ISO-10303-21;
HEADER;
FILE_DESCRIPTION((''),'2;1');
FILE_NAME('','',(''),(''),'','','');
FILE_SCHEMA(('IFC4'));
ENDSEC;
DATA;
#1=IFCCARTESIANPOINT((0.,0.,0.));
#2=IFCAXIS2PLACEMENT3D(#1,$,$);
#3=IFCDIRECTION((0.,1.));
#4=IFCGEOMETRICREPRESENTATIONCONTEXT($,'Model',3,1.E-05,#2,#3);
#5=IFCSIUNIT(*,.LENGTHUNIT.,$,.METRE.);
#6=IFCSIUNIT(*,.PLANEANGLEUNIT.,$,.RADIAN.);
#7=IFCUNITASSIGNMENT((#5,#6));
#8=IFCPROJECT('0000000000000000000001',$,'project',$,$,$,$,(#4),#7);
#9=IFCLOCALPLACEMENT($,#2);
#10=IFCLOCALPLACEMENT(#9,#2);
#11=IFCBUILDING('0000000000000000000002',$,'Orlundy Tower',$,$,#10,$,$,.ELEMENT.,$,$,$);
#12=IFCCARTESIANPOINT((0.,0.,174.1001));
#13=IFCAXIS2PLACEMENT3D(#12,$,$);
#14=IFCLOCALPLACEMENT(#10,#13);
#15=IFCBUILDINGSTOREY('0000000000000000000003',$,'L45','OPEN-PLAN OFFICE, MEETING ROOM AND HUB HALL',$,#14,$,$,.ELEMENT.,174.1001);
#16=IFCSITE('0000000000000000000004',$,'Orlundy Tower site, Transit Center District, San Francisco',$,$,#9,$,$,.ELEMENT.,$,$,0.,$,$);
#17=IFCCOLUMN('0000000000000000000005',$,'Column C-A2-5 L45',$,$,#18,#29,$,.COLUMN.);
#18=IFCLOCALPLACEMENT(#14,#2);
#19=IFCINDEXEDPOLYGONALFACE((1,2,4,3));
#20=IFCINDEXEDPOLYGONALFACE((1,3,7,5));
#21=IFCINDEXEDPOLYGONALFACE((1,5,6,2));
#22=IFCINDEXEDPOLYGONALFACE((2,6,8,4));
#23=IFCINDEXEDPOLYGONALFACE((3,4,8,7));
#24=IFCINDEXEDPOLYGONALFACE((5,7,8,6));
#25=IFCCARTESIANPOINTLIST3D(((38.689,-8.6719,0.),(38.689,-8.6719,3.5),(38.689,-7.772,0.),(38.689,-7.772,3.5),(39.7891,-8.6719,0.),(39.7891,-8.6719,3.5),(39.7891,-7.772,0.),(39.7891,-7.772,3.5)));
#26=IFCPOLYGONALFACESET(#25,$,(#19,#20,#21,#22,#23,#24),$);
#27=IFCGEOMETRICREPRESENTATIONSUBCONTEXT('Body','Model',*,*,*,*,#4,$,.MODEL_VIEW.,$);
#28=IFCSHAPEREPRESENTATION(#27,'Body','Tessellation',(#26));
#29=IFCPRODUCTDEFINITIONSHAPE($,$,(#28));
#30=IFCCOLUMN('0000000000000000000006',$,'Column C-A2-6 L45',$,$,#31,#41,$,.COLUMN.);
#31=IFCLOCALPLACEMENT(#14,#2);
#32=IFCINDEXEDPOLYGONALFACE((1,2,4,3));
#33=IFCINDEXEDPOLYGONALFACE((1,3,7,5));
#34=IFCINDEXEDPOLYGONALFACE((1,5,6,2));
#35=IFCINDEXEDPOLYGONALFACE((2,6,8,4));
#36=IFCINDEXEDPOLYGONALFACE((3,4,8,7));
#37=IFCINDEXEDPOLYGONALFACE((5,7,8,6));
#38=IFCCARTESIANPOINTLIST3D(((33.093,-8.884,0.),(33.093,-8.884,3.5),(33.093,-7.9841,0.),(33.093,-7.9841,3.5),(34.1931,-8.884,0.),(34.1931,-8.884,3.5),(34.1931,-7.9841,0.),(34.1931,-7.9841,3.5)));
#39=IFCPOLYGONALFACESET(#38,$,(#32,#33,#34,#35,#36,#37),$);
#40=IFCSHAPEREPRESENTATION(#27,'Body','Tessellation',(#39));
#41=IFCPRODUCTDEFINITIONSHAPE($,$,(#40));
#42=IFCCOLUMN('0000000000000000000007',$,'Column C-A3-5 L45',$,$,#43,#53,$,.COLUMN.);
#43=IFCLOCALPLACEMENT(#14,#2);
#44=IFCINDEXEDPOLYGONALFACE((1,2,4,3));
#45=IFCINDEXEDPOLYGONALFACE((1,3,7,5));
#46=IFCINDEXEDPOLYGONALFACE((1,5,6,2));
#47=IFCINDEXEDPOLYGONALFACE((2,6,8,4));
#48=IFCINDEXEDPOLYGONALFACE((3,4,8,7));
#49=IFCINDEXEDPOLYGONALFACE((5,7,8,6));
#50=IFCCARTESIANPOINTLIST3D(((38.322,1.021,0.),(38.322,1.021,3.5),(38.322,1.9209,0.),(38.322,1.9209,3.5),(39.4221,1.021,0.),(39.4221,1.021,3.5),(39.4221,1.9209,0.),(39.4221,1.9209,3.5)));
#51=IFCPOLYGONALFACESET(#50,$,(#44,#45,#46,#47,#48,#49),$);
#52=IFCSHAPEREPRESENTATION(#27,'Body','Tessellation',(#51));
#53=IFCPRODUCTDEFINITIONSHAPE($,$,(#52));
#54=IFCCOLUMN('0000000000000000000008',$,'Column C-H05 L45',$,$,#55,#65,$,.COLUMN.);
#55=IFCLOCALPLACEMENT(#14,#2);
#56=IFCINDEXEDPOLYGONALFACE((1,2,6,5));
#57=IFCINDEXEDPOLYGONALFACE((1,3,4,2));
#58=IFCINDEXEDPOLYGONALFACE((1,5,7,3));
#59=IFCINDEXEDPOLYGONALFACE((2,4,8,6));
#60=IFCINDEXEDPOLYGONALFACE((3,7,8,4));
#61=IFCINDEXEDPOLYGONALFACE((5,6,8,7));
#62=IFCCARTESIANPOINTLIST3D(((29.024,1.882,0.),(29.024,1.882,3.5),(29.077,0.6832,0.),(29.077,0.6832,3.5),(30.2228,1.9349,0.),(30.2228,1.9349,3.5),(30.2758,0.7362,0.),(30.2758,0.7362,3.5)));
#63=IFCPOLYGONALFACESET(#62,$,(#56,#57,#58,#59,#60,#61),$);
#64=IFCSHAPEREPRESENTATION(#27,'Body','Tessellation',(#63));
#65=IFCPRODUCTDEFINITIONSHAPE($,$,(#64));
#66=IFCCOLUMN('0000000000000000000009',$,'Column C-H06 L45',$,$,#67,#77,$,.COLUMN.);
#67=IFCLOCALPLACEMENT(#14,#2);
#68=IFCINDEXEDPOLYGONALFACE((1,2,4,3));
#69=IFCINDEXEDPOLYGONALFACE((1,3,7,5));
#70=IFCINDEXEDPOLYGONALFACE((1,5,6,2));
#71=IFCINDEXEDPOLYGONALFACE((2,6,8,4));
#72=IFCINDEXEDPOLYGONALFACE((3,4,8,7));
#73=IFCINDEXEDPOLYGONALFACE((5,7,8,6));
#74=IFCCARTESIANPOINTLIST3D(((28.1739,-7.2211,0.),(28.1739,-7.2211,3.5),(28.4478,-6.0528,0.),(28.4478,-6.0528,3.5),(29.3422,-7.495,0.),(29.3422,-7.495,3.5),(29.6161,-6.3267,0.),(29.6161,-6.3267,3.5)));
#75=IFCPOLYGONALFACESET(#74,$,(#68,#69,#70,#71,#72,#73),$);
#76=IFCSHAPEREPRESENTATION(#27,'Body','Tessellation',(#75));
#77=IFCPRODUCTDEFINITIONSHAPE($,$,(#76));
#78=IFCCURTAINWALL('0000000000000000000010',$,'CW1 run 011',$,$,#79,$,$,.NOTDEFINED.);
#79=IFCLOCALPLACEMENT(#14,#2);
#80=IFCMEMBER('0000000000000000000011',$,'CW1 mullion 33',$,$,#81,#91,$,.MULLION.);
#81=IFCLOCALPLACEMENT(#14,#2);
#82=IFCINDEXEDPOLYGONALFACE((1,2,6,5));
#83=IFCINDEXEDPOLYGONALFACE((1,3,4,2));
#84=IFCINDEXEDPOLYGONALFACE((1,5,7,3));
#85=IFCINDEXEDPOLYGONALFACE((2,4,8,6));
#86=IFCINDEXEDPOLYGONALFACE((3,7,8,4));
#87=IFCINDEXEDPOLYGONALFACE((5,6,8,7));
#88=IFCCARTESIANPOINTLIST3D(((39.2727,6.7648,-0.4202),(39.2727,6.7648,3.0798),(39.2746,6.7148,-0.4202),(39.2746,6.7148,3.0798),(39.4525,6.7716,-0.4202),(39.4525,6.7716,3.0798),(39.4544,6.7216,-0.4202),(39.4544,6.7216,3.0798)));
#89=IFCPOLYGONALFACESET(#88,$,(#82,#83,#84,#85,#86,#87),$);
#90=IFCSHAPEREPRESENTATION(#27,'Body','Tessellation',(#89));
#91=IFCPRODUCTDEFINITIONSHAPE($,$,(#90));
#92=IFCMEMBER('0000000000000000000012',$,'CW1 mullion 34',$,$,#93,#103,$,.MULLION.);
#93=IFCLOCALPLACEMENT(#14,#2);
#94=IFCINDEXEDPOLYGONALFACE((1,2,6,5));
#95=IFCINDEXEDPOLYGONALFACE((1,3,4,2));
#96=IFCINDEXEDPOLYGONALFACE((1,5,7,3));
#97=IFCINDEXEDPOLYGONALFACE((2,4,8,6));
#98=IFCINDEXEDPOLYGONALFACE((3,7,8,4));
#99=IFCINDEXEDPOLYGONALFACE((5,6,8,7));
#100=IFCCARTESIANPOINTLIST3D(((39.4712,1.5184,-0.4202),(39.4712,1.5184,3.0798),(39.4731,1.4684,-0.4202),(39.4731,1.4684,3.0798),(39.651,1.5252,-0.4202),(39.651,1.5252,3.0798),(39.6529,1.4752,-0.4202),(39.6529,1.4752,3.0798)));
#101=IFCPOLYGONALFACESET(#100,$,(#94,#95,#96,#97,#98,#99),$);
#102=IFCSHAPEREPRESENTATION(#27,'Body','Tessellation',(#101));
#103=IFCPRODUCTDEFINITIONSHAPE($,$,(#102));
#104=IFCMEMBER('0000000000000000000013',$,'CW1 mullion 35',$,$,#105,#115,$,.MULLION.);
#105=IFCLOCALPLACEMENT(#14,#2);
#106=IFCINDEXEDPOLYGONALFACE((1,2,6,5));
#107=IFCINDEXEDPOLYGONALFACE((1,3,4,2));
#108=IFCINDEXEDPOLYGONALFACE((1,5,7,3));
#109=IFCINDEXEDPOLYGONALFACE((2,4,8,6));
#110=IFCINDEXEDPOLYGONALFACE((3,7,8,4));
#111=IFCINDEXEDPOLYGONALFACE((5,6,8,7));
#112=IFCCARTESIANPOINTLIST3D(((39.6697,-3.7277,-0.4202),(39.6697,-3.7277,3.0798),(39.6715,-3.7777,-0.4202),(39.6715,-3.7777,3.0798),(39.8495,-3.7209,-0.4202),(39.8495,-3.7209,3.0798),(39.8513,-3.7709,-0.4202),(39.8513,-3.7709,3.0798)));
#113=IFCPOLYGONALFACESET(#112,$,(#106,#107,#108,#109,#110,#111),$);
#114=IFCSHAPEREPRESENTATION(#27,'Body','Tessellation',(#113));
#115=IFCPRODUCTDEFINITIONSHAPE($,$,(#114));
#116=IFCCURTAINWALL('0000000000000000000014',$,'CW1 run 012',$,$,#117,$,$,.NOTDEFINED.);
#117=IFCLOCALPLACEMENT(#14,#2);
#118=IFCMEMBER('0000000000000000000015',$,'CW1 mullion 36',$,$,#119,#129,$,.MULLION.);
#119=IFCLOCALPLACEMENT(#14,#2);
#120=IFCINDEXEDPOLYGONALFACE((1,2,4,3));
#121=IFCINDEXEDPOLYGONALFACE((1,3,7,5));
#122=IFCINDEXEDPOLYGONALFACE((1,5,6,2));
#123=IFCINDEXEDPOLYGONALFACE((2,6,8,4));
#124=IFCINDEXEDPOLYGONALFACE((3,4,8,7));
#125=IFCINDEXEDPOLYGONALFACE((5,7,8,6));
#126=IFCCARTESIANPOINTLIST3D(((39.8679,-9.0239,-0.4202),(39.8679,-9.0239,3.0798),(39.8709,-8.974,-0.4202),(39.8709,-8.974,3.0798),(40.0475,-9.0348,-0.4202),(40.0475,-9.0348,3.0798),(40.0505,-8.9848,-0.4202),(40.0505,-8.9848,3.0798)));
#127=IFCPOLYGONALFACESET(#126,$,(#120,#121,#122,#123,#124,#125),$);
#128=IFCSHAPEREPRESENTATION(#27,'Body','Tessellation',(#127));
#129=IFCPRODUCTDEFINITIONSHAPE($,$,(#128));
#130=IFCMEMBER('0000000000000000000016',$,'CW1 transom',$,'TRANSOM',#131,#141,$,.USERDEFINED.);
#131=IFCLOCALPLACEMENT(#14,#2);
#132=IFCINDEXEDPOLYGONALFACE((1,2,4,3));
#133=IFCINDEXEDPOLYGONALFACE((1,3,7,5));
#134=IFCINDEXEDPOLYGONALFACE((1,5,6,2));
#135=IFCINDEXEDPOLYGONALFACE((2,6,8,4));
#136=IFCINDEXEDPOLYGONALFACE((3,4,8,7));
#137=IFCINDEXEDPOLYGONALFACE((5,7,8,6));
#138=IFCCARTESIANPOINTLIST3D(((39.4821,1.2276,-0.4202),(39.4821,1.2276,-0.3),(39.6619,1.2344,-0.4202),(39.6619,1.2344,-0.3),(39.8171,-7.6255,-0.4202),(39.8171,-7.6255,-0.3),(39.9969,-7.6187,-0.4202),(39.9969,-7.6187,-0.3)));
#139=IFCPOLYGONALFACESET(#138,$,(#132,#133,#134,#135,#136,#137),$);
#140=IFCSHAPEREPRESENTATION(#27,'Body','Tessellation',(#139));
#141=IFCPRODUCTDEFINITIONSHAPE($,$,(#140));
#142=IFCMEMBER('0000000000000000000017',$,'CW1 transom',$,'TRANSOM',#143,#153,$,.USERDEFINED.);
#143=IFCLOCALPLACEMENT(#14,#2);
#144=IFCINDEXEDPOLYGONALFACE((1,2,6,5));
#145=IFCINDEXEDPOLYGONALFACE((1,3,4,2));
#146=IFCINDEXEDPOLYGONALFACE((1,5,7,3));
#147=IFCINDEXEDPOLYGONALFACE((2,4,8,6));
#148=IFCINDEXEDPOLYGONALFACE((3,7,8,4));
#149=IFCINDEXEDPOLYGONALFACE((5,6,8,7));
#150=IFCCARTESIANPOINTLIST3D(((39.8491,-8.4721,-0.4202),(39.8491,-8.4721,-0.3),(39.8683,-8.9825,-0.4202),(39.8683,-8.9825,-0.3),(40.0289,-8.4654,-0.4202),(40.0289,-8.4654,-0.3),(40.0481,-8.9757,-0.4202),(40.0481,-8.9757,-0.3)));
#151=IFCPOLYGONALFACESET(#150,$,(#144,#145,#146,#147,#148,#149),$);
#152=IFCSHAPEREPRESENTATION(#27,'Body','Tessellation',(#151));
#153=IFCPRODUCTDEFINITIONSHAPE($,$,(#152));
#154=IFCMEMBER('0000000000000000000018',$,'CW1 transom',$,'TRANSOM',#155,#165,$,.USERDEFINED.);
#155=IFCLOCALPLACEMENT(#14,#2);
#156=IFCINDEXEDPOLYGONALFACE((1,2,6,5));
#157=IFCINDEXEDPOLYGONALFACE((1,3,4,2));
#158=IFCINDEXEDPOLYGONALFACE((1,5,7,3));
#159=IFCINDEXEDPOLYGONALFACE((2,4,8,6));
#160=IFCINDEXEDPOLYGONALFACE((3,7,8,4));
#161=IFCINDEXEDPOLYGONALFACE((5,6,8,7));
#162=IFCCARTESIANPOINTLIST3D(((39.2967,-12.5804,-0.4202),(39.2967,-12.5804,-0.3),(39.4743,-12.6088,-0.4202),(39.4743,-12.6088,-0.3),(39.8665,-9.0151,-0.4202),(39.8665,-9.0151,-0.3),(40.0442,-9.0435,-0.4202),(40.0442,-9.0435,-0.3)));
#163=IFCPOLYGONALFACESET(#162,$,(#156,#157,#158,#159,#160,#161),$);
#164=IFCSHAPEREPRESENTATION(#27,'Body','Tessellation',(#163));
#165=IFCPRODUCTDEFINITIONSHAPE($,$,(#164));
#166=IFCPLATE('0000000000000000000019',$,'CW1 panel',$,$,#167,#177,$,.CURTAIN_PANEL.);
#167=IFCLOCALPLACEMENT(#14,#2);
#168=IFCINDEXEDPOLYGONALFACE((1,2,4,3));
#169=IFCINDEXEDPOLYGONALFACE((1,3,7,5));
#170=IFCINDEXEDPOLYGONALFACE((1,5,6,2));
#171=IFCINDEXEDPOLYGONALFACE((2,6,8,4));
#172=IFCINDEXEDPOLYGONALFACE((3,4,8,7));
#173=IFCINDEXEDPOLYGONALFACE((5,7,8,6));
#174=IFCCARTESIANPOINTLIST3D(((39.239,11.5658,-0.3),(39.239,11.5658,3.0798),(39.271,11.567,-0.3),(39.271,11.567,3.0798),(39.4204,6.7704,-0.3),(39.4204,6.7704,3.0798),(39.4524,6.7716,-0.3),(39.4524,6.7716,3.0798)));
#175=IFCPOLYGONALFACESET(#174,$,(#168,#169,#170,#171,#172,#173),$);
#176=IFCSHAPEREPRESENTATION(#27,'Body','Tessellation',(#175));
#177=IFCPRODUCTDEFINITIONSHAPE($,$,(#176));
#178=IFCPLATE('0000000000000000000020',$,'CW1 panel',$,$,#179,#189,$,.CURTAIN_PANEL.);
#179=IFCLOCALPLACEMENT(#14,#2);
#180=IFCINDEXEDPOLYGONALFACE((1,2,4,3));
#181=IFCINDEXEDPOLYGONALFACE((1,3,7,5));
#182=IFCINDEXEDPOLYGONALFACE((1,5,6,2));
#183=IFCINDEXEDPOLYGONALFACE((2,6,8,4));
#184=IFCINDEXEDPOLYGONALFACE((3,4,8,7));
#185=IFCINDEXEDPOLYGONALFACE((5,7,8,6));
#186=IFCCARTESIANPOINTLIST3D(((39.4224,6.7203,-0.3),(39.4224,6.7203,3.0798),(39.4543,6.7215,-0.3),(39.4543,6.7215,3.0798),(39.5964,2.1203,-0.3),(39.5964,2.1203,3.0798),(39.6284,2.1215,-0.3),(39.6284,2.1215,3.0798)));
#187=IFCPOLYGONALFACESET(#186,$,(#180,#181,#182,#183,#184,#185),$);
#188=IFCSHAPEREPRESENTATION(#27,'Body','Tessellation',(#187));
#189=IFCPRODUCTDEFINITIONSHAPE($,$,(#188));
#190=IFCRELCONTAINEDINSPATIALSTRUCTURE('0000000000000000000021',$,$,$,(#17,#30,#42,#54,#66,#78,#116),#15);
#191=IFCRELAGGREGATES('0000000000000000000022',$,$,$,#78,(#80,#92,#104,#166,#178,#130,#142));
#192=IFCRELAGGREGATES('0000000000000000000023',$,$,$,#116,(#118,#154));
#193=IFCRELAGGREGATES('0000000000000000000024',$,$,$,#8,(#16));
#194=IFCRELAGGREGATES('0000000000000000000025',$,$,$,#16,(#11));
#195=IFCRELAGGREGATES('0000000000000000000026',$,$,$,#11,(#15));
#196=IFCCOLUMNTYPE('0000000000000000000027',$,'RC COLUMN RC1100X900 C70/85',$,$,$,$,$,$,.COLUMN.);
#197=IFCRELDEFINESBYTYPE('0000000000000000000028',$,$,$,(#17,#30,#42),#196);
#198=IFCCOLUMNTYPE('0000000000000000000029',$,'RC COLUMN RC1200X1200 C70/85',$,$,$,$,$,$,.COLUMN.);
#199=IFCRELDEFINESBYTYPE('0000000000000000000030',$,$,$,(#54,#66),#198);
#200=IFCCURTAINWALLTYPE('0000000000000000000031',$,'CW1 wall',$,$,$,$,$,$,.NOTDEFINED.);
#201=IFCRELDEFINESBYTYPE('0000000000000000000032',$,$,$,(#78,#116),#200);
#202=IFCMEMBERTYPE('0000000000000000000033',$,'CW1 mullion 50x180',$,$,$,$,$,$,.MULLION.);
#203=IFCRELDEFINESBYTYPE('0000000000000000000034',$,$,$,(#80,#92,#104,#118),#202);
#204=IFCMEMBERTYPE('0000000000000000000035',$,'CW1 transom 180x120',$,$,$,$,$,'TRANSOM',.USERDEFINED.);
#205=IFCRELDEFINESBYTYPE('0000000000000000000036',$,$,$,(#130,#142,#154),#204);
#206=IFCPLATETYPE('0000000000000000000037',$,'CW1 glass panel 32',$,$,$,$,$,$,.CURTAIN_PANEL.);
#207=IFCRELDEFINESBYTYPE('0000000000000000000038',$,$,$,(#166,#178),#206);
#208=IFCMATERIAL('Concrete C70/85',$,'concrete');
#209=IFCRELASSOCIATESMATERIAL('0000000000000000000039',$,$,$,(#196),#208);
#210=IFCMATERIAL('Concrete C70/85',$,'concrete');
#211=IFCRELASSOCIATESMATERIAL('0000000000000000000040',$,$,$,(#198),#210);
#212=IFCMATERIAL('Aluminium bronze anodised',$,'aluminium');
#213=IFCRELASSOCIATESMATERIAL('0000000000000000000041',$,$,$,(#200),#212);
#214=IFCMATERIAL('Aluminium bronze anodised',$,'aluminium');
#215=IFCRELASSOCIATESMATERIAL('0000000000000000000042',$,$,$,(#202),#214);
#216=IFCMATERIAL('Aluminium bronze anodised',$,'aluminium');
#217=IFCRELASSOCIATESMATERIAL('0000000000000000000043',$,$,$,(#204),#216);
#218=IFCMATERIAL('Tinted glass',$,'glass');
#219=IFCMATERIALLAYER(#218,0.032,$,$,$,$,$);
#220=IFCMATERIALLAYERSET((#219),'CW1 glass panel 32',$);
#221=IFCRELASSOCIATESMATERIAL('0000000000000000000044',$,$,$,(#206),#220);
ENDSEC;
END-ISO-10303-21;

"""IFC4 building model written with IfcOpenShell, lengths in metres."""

from ifc_helpers import new_model, si_unit, direction, frame, origin, origin_2d, place, context, subcontext, project, spatial, rectangle, extrude, material, layer, layer_set, material_profile, profile_set, type_object, element, aggregate, save


model = new_model("IFC4")

# Units and contexts
model_context = context("Model", 3, precision=1e-05, world=origin(), true_north=direction((0.0, 1.0)))
body_context = subcontext(model_context, "Body", "Model", "MODEL_VIEW")
ifc_project = project(units=[si_unit("LENGTHUNIT", "METRE"), si_unit("PLANEANGLEUNIT", "RADIAN")], contexts=[model_context])

# Site, building, storey
site_placement = place(None, origin())
site = spatial("IfcSite", under=ifc_project, at=site_placement, Name="Orlundy Tower site, Transit Center District, San Francisco", CompositionType="ELEMENT", RefElevation=0.0)
building_placement = place(site_placement, origin())
building = spatial("IfcBuilding", under=site, at=building_placement, Name="Orlundy Tower", CompositionType="ELEMENT")
storey_placement = place(building_placement, frame((0.0, 0.0, 174.1001)))
storey = spatial("IfcBuildingStorey", under=building, at=storey_placement, Name="L45", Description="OPEN-PLAN OFFICE, MEETING ROOM AND HUB HALL", CompositionType="ELEMENT", Elevation=174.1001)

# Columns
ifc_material_1 = material(Name="Concrete C70/85", Category="concrete")
ifc_material_profile_1 = material_profile(ifc_material_1, rectangle(XDim=1.1001, YDim=0.8999, at=origin_2d()), Name="RC1100X900")
ifc_profile_set_1 = profile_set([ifc_material_profile_1], Name="Concrete C70/85")
column_type_1 = type_object("IfcColumnType", Name="RC COLUMN RC1100X900 C70/85", PredefinedType="COLUMN", material=ifc_profile_set_1)
for number, where, z_axis, x_axis, name in (
    (1, (39.239, -8.2219, 0.0), (0.0, 0.0, 1.0), (1.0, 0.0, 0.0), "Column C-A2-5 L45"),
    (2, (33.6431, -8.4341, 0.0), (0.0, 0.0, 1.0), (1.0, 0.0, 0.0), "Column C-A2-6 L45"),
    (3, (38.8721, 1.4709, 0.0), (0.0, 0.0, 1.0), (1.0, 0.0, 0.0), "Column C-A3-5 L45"),
):
    element("IfcColumn", number, at=place(storey_placement, frame(where, z_axis=z_axis, x_axis=x_axis)), inside=storey, type_object=column_type_1, Name=name, PredefinedType="COLUMN", context=body_context, shape_type="SweptSolid", body=[
        extrude(rectangle(XDim=1.1001, YDim=0.8999, at=origin_2d()), origin(), (0.0, 0.0, 1.0), 3.5),
    ])
ifc_material_2 = material(Name="Concrete C70/85", Category="concrete")
ifc_material_profile_2 = material_profile(ifc_material_2, rectangle(XDim=1.2, YDim=1.2, at=origin_2d()), Name="RC1200X1200")
ifc_profile_set_2 = profile_set([ifc_material_profile_2], Name="Concrete C70/85")
column_type_2 = type_object("IfcColumnType", Name="RC COLUMN RC1200X1200 C70/85", PredefinedType="COLUMN", material=ifc_profile_set_2)
for number, where, z_axis, x_axis, name in (
    (4, (29.6499, 1.3091, 0.0), (0.0, 0.0, 1.0), (0.999027, 0.044108, 0.0), "Column C-H05 L45"),
    (5, (28.895, -6.7739, 0.0), (0.0, 0.0, 1.0), (0.973603, -0.228249, 0.0), "Column C-H06 L45"),
):
    element("IfcColumn", number, at=place(storey_placement, frame(where, z_axis=z_axis, x_axis=x_axis)), inside=storey, type_object=column_type_2, Name=name, PredefinedType="COLUMN", context=body_context, shape_type="SweptSolid", body=[
        extrude(rectangle(XDim=1.2, YDim=1.2, at=origin_2d()), origin(), (0.0, 0.0, 1.0), 3.5),
    ])

# Curtain wall, members
ifc_material_3 = material(Name="Aluminium bronze anodised", Category="aluminium")
curtain_wall_type = type_object("IfcCurtainWallType", Name="CW1 wall", PredefinedType="NOTDEFINED", material=ifc_material_3)
curtain_wall_1_placement = place(storey_placement, origin())
curtain_wall_1 = element("IfcCurtainWall", 6, at=curtain_wall_1_placement, inside=storey, type_object=curtain_wall_type, Name="CW1 run 011", PredefinedType="NOTDEFINED")
ifc_material_4 = material(Name="Aluminium bronze anodised", Category="aluminium")
ifc_material_profile_3 = material_profile(ifc_material_4, rectangle(XDim=0.1799, YDim=0.05, at=origin_2d()), Name="CW1 mullion 50x180")
ifc_profile_set_3 = profile_set([ifc_material_profile_3], Name="Aluminium bronze anodised")
member_type_1 = type_object("IfcMemberType", Name="CW1 mullion 50x180", PredefinedType="MULLION", material=ifc_profile_set_3)
member_1_placement = place(storey_placement, frame((39.3635, 6.7432, -0.4202), z_axis=(0.0, 0.0, 1.0), x_axis=(0.999285, 0.037809, 0.0)))
member_1 = element("IfcMember", 7, at=member_1_placement, type_object=member_type_1, Name="CW1 mullion 33", PredefinedType="MULLION", context=body_context, shape_type="SweptSolid", body=[
    extrude(rectangle(XDim=0.1799, YDim=0.05, at=origin_2d()), origin(), (0.0, 0.0, 1.0), 3.5),
])
member_2_placement = place(storey_placement, frame((39.562, 1.4968, -0.4202), z_axis=(0.0, 0.0, 1.0), x_axis=(0.999285, 0.037809, 0.0)))
member_2 = element("IfcMember", 8, at=member_2_placement, type_object=member_type_1, Name="CW1 mullion 34", PredefinedType="MULLION", context=body_context, shape_type="SweptSolid", body=[
    extrude(rectangle(XDim=0.1799, YDim=0.05, at=origin_2d()), origin(), (0.0, 0.0, 1.0), 3.5),
])
member_3_placement = place(storey_placement, frame((39.7605, -3.7493, -0.4202), z_axis=(0.0, 0.0, 1.0), x_axis=(0.999285, 0.037809, 0.0)))
member_3 = element("IfcMember", 9, at=member_3_placement, type_object=member_type_1, Name="CW1 mullion 35", PredefinedType="MULLION", context=body_context, shape_type="SweptSolid", body=[
    extrude(rectangle(XDim=0.1799, YDim=0.05, at=origin_2d()), origin(), (0.0, 0.0, 1.0), 3.5),
])

# Curtain wall, member
curtain_wall_2_placement = place(storey_placement, origin())
curtain_wall_2 = element("IfcCurtainWall", 10, at=curtain_wall_2_placement, inside=storey, type_object=curtain_wall_type, Name="CW1 run 012", PredefinedType="NOTDEFINED")
member_4_placement = place(storey_placement, frame((39.9592, -9.0044, -0.4202), z_axis=(0.0, 0.0, 1.0), x_axis=(0.99818, -0.060302, 0.0)))
member_4 = element("IfcMember", 11, at=member_4_placement, type_object=member_type_1, Name="CW1 mullion 36", PredefinedType="MULLION", context=body_context, shape_type="SweptSolid", body=[
    extrude(rectangle(XDim=0.1799, YDim=0.05, at=origin_2d()), origin(), (0.0, 0.0, 1.0), 3.5),
])

# Members
ifc_material_5 = material(Name="Aluminium bronze anodised", Category="aluminium")
ifc_material_profile_4 = material_profile(ifc_material_5, rectangle(XDim=0.1799, YDim=0.1201, at=origin_2d()), Name="CW1 transom 180x120")
ifc_profile_set_4 = profile_set([ifc_material_profile_4], Name="Aluminium bronze anodised")
member_type_2 = type_object("IfcMemberType", Name="CW1 transom 180x120", ElementType="TRANSOM", PredefinedType="USERDEFINED", material=ifc_profile_set_4)
member_5_placement = place(storey_placement, frame((39.572, 1.231, -0.3601), z_axis=(0.037809, -0.999285, 0.0), x_axis=(0.999285, 0.037809, 0.0)))
member_5 = element("IfcMember", 12, at=member_5_placement, type_object=member_type_2, Name="CW1 transom", ObjectType="TRANSOM", PredefinedType="USERDEFINED", context=body_context, shape_type="SweptSolid", body=[
    extrude(rectangle(XDim=0.1799, YDim=0.1201, at=origin_2d()), origin(), (0.0, 0.0, 1.0), 8.8594),
])
member_6_placement = place(storey_placement, frame((39.939, -8.4688, -0.3601), z_axis=(0.037754, -0.999287, 0.0), x_axis=(0.999287, 0.037754, 0.0)))
member_6 = element("IfcMember", 13, at=member_6_placement, type_object=member_type_2, Name="CW1 transom", ObjectType="TRANSOM", PredefinedType="USERDEFINED", context=body_context, shape_type="SweptSolid", body=[
    extrude(rectangle(XDim=0.1799, YDim=0.1201, at=origin_2d()), origin(), (0.0, 0.0, 1.0), 0.5107),
])
member_7_placement = place(storey_placement, frame((39.9553, -9.0293, -0.3601), z_axis=(-0.157816, -0.987468, 0.0), x_axis=(0.987468, -0.157816, 0.0)))
member_7 = element("IfcMember", 14, at=member_7_placement, type_object=member_type_2, Name="CW1 transom", ObjectType="TRANSOM", PredefinedType="USERDEFINED", context=body_context, shape_type="SweptSolid", body=[
    extrude(rectangle(XDim=0.1799, YDim=0.1201, at=origin_2d()), origin(), (0.0, 0.0, 1.0), 3.6106),
])

# Plates
ifc_material_6 = material(Name="Tinted glass", Category="glass")
ifc_layer_1 = layer(ifc_material_6, 0.032)
ifc_layer_set_1 = layer_set([ifc_layer_1], Name="CW1 glass panel 32")
plate_type = type_object("IfcPlateType", Name="CW1 glass panel 32", PredefinedType="CURTAIN_PANEL", material=ifc_layer_set_1)
plate_1_placement = place(storey_placement, frame((39.3457, 9.1687, -0.3), z_axis=(0.0, 0.0, 1.0), x_axis=(0.037809, -0.999285, 0.0)))
plate_1 = element("IfcPlate", 15, at=plate_1_placement, type_object=plate_type, Name="CW1 panel", PredefinedType="CURTAIN_PANEL", context=body_context, shape_type="SweptSolid", body=[
    extrude(rectangle(XDim=4.7988, YDim=0.032, at=origin_2d()), origin(), (0.0, 0.0, 1.0), 3.3799),
])
plate_2_placement = place(storey_placement, frame((39.5254, 4.4209, -0.3), z_axis=(0.0, 0.0, 1.0), x_axis=(0.037809, -0.999285, 0.0)))
plate_2 = element("IfcPlate", 16, at=plate_2_placement, type_object=plate_type, Name="CW1 panel", PredefinedType="CURTAIN_PANEL", context=body_context, shape_type="SweptSolid", body=[
    extrude(rectangle(XDim=4.6033, YDim=0.032, at=origin_2d()), origin(), (0.0, 0.0, 1.0), 3.3799),
])
aggregate(curtain_wall_1, [member_1, member_2, member_3, plate_1, plate_2, member_5, member_6])
aggregate(curtain_wall_2, [member_4, member_7])

save(model, "model.ifc")
